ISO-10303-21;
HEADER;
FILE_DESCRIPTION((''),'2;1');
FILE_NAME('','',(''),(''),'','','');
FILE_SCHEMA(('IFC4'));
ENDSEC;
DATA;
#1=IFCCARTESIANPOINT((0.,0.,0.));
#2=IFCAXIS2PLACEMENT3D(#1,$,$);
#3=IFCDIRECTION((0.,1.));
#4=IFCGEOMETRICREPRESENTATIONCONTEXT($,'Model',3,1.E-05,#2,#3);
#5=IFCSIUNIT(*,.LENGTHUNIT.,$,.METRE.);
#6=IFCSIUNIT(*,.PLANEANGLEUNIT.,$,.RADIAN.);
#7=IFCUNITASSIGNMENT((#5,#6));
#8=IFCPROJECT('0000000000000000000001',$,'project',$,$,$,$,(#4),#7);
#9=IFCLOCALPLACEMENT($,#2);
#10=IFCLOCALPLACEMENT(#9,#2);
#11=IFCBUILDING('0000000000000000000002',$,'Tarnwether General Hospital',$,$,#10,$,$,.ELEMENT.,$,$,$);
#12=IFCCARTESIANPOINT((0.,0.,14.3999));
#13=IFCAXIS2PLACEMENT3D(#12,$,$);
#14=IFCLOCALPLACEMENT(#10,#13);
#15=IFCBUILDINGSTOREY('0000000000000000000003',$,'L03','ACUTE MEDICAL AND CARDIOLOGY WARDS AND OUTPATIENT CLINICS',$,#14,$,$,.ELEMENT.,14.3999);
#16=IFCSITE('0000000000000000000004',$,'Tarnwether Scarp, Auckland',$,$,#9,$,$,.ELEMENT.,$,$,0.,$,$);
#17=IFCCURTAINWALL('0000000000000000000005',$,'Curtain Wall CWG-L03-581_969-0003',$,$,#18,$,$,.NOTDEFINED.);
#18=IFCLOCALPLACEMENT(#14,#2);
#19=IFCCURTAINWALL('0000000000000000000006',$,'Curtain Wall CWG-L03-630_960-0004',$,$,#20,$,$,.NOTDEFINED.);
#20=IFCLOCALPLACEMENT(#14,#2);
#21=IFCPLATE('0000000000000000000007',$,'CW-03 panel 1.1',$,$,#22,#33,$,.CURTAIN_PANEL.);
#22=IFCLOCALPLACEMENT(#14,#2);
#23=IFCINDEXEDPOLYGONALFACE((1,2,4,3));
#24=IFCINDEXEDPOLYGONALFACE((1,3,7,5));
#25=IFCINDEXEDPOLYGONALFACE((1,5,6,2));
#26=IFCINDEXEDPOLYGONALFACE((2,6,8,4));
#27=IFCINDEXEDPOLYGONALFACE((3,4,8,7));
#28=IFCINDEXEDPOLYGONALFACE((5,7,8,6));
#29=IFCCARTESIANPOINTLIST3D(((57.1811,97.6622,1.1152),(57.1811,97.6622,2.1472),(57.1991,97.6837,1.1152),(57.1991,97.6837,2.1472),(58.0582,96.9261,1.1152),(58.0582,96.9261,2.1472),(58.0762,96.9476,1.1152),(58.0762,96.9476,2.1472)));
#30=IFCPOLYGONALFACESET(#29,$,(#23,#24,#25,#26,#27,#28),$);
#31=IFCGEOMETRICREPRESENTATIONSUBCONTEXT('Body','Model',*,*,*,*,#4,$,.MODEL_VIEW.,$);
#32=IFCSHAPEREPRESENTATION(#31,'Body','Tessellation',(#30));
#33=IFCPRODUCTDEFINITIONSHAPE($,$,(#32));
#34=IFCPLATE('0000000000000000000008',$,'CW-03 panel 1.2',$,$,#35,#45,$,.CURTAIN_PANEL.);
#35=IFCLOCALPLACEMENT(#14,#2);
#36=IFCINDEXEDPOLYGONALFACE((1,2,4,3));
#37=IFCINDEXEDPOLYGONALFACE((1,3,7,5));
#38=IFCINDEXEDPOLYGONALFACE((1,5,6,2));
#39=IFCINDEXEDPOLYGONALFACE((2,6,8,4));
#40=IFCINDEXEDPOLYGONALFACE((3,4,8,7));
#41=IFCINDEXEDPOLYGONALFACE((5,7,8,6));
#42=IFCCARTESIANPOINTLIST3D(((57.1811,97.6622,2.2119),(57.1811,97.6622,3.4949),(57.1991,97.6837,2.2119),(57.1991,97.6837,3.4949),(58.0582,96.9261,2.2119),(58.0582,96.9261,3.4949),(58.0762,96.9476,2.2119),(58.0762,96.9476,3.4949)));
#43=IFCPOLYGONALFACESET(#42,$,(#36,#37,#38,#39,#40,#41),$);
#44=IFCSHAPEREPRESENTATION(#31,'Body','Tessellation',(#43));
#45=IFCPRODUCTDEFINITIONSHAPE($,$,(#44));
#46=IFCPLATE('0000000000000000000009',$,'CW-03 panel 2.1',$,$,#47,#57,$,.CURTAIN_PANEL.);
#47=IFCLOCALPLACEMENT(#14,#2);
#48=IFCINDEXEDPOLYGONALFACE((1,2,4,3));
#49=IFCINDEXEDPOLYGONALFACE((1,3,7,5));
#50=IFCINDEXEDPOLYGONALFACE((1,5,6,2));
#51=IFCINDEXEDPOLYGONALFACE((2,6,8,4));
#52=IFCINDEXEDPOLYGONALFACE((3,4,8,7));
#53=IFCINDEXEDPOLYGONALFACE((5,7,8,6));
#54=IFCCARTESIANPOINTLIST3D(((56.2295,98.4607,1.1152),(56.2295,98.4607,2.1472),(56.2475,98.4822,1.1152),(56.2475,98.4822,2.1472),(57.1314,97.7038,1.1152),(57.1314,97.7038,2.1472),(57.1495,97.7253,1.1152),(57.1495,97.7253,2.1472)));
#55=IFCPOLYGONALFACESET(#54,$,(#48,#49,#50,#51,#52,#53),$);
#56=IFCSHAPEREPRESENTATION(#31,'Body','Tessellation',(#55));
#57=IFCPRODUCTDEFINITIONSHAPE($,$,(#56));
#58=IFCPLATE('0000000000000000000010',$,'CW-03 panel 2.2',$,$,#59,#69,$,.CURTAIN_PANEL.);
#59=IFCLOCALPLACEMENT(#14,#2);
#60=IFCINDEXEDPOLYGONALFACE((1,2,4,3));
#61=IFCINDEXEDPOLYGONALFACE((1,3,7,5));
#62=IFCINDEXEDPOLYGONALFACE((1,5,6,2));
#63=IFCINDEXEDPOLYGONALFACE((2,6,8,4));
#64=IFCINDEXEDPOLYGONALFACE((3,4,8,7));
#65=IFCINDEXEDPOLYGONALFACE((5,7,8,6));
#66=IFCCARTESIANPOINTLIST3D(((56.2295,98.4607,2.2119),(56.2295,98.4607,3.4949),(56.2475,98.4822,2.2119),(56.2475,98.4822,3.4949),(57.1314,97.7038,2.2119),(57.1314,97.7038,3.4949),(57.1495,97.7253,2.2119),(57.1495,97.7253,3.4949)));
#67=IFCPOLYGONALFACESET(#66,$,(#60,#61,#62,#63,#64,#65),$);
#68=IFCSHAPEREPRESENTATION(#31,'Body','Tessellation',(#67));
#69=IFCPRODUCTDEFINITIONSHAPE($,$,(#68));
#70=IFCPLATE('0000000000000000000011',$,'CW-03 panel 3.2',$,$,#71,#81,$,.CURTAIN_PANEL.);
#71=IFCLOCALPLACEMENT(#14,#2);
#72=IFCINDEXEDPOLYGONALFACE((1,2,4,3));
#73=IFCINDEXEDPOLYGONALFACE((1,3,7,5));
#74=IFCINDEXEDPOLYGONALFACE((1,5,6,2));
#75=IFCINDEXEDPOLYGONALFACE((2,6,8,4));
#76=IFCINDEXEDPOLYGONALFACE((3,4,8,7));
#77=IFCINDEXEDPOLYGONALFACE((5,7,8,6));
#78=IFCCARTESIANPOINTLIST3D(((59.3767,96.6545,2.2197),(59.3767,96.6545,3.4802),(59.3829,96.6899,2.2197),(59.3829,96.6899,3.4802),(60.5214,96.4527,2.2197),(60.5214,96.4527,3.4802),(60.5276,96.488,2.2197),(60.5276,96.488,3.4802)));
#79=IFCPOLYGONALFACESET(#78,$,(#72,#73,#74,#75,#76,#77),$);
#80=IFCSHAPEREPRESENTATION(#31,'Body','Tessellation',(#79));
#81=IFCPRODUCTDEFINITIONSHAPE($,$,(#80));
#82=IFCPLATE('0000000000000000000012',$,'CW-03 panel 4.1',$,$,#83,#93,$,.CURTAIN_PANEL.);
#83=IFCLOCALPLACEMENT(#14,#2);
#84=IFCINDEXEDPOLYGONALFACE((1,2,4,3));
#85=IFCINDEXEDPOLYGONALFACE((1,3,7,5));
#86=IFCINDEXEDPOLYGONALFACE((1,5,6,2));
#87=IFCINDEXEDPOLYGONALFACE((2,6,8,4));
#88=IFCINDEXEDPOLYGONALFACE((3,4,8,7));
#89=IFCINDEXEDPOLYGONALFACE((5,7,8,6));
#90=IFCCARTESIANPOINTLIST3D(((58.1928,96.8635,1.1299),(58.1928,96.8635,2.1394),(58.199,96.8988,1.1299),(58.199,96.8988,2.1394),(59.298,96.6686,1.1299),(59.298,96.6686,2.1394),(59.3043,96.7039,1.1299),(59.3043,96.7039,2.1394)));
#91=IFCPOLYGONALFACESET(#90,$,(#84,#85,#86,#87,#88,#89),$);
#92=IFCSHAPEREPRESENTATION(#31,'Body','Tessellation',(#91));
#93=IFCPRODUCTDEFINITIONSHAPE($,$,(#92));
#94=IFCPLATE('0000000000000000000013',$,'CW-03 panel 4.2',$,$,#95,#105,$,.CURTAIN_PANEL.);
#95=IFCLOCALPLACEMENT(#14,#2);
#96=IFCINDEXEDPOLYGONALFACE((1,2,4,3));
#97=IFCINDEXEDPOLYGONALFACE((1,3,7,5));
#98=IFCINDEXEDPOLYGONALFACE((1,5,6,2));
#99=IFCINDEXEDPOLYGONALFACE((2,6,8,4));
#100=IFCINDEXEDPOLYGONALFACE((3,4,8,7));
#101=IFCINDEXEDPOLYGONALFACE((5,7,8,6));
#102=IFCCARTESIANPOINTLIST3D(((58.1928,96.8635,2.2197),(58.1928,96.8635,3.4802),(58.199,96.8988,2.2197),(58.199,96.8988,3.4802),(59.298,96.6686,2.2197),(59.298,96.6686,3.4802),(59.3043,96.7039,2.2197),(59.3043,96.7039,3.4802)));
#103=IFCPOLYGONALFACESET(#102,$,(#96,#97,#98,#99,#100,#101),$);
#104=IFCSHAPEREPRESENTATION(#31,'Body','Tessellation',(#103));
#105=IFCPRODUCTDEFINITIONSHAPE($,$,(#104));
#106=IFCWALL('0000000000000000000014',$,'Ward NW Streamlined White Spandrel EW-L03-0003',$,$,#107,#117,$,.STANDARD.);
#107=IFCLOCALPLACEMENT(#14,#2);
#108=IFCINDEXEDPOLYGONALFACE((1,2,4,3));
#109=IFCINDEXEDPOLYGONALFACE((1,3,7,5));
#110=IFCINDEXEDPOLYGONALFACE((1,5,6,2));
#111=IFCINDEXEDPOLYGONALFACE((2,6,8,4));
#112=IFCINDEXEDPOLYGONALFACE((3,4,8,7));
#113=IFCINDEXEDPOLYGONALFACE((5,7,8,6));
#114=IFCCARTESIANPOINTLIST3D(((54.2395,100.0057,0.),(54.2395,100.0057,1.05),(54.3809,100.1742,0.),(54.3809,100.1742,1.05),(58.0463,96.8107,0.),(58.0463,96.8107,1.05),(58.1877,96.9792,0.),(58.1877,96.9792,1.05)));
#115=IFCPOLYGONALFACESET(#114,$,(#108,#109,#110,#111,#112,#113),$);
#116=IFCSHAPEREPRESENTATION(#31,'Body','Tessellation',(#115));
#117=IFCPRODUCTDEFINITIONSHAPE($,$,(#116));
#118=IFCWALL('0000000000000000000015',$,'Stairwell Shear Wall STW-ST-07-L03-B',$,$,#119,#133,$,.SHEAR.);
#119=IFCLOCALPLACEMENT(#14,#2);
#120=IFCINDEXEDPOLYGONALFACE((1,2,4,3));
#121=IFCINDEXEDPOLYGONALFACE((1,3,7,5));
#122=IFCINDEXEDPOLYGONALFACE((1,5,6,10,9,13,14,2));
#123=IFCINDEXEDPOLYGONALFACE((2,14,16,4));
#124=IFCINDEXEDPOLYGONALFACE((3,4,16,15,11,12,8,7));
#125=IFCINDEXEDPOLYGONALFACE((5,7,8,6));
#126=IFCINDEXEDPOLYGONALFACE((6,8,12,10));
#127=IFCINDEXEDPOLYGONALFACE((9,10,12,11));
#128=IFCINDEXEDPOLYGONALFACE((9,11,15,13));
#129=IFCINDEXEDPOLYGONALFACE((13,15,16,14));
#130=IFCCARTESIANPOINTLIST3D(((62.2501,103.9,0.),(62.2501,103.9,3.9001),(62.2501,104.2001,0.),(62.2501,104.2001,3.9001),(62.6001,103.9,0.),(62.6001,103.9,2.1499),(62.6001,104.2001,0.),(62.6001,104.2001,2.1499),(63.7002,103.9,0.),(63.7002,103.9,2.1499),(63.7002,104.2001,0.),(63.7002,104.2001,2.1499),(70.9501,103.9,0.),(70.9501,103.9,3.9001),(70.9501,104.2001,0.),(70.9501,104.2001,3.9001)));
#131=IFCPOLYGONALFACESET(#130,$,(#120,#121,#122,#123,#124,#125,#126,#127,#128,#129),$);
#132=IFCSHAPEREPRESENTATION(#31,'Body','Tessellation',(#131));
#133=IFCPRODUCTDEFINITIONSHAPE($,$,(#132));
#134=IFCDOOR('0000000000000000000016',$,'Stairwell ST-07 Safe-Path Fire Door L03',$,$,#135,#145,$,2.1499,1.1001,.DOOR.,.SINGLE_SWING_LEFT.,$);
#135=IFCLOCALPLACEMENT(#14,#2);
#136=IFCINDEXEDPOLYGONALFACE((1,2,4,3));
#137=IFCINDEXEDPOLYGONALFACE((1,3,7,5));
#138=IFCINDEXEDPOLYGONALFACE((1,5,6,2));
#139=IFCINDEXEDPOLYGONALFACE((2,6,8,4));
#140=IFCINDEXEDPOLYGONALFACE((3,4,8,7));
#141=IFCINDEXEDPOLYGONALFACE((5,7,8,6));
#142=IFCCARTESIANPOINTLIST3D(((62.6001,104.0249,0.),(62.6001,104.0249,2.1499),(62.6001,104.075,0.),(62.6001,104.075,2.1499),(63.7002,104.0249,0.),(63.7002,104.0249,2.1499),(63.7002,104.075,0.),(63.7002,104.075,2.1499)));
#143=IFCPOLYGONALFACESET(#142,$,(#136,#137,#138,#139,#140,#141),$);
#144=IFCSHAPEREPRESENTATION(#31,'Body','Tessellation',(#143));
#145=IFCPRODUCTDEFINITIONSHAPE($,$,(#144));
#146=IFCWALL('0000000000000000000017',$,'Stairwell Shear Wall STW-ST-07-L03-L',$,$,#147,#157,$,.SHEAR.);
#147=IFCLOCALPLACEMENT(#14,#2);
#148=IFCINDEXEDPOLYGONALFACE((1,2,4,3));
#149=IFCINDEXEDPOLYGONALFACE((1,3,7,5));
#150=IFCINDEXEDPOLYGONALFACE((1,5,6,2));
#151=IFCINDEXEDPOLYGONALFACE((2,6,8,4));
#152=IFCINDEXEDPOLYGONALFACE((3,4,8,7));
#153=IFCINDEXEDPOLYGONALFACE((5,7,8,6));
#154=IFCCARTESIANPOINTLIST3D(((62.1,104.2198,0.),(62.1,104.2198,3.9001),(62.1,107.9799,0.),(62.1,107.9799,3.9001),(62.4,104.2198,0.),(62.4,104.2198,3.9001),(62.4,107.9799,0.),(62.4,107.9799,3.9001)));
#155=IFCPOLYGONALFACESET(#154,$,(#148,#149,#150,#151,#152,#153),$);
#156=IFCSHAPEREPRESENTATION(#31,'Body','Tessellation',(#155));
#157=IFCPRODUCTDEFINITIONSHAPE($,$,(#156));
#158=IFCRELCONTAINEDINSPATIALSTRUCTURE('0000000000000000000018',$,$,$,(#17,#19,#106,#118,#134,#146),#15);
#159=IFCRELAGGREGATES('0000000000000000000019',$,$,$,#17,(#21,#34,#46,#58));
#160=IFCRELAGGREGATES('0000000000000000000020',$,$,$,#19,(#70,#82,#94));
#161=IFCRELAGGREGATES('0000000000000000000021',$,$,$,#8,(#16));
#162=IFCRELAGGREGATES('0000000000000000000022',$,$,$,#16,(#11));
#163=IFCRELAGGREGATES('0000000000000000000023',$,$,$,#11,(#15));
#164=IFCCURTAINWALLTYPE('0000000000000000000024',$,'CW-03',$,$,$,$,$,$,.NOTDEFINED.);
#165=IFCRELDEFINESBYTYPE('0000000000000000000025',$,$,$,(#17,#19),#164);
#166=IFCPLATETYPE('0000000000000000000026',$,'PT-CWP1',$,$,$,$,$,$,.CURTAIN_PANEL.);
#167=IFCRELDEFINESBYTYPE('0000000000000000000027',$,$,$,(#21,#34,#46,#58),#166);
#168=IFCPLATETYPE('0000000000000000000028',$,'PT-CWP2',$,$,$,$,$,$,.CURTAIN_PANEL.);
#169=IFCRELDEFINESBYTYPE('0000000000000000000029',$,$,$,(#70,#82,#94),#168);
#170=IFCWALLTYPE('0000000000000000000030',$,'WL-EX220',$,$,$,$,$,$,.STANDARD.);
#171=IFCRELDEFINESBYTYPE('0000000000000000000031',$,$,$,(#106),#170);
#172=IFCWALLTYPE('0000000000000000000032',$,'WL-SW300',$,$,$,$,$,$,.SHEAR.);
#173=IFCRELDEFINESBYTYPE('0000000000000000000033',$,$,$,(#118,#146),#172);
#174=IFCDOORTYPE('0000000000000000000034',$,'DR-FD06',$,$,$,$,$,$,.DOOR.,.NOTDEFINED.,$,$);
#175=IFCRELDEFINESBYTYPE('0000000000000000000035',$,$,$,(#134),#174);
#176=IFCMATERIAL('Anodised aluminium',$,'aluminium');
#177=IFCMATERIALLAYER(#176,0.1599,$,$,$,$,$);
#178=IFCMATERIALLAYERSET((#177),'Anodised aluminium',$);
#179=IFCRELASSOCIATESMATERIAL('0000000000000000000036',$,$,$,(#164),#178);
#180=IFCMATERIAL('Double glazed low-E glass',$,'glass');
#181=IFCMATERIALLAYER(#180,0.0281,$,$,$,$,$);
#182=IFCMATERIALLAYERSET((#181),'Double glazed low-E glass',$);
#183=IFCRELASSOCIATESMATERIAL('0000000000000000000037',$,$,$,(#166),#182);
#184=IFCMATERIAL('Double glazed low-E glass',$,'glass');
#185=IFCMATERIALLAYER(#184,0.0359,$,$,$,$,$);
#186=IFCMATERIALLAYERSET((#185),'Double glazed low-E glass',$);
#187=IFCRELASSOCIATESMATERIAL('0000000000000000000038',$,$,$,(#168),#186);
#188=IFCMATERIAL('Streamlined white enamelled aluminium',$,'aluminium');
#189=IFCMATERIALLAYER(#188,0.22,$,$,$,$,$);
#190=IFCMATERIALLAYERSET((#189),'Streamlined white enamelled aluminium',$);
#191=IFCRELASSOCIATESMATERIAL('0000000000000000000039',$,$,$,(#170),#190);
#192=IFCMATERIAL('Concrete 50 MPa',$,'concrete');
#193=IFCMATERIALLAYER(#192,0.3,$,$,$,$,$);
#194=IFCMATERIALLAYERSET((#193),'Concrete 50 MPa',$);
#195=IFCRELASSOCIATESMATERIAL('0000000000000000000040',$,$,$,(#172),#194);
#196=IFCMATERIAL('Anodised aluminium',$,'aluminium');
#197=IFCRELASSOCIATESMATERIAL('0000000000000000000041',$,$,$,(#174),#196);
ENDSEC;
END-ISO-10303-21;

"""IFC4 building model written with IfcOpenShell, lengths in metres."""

from ifc_helpers import new_model, si_unit, direction, frame, frame_2d, origin, origin_2d, place, context, subcontext, project, spatial, rectangle, extrude, material, layer, layer_set, type_object, element, fill, aggregate, save


model = new_model("IFC4")

# Units and contexts
model_context = context("Model", 3, precision=1e-05, world=origin(), true_north=direction((0.0, 1.0)))
body_context = subcontext(model_context, "Body", "Model", "MODEL_VIEW")
ifc_project = project(units=[si_unit("LENGTHUNIT", "METRE"), si_unit("PLANEANGLEUNIT", "RADIAN")], contexts=[model_context])

# Site, building, storey
site_placement = place(None, origin())
site = spatial("IfcSite", under=ifc_project, at=site_placement, Name="Tarnwether Scarp, Auckland", CompositionType="ELEMENT", RefElevation=0.0)
building_placement = place(site_placement, origin())
building = spatial("IfcBuilding", under=site, at=building_placement, Name="Tarnwether General Hospital", CompositionType="ELEMENT")
storey_placement = place(building_placement, frame((0.0, 0.0, 14.3999)))
storey = spatial("IfcBuildingStorey", under=building, at=storey_placement, Name="L03", Description="ACUTE MEDICAL AND CARDIOLOGY WARDS AND OUTPATIENT CLINICS", CompositionType="ELEMENT", Elevation=14.3999)

# Curtain walls
ifc_material_1 = material(Name="Anodised aluminium", Category="aluminium")
ifc_layer_1 = layer(ifc_material_1, 0.1599)
ifc_layer_set_1 = layer_set([ifc_layer_1], Name="Anodised aluminium")
curtain_wall_type = type_object("IfcCurtainWallType", Name="CW-03", PredefinedType="NOTDEFINED", material=ifc_layer_set_1)
curtain_wall_1_placement = place(storey_placement, origin())
curtain_wall_1 = element("IfcCurtainWall", 1, at=curtain_wall_1_placement, inside=storey, type_object=curtain_wall_type, Name="Curtain Wall CWG-L03-581_969-0003", PredefinedType="NOTDEFINED")
curtain_wall_2_placement = place(storey_placement, origin())
curtain_wall_2 = element("IfcCurtainWall", 2, at=curtain_wall_2_placement, inside=storey, type_object=curtain_wall_type, Name="Curtain Wall CWG-L03-630_960-0004", PredefinedType="NOTDEFINED")

# Plates
ifc_material_2 = material(Name="Double glazed low-E glass", Category="glass")
ifc_layer_2 = layer(ifc_material_2, 0.0281)
ifc_layer_set_2 = layer_set([ifc_layer_2], Name="Double glazed low-E glass")
plate_type_1 = type_object("IfcPlateType", Name="PT-CWP1", PredefinedType="CURTAIN_PANEL", material=ifc_layer_set_2)
plate_1_placement = place(storey_placement, frame((57.6287, 97.3049, 1.1152), z_axis=(0.0, 0.0, 1.0), x_axis=(-0.76599, 0.642852, 0.0)))
plate_1 = element("IfcPlate", 3, at=plate_1_placement, type_object=plate_type_1, Name="CW-03 panel 1.1", PredefinedType="CURTAIN_PANEL", context=body_context, shape_type="SweptSolid", body=[
    extrude(rectangle(XDim=1.145, YDim=0.0281, at=origin_2d()), origin(), (0.0, 0.0, 1.0), 1.032),
])
plate_2_placement = place(storey_placement, frame((57.6287, 97.3049, 2.2119), z_axis=(0.0, 0.0, 1.0), x_axis=(-0.76599, 0.642852, 0.0)))
plate_2 = element("IfcPlate", 4, at=plate_2_placement, type_object=plate_type_1, Name="CW-03 panel 1.2", PredefinedType="CURTAIN_PANEL", context=body_context, shape_type="SweptSolid", body=[
    extrude(rectangle(XDim=1.145, YDim=0.0281, at=origin_2d()), origin(), (0.0, 0.0, 1.0), 1.283),
])
plate_3_placement = place(storey_placement, frame((56.6895, 98.093, 1.1152), z_axis=(0.0, 0.0, 1.0), x_axis=(-0.76599, 0.642852, 0.0)))
plate_3 = element("IfcPlate", 5, at=plate_3_placement, type_object=plate_type_1, Name="CW-03 panel 2.1", PredefinedType="CURTAIN_PANEL", context=body_context, shape_type="SweptSolid", body=[
    extrude(rectangle(XDim=1.1775, YDim=0.0281, at=origin_2d()), origin(), (0.0, 0.0, 1.0), 1.032),
])
plate_4_placement = place(storey_placement, frame((56.6895, 98.093, 2.2119), z_axis=(0.0, 0.0, 1.0), x_axis=(-0.76599, 0.642852, 0.0)))
plate_4 = element("IfcPlate", 6, at=plate_4_placement, type_object=plate_type_1, Name="CW-03 panel 2.2", PredefinedType="CURTAIN_PANEL", context=body_context, shape_type="SweptSolid", body=[
    extrude(rectangle(XDim=1.1775, YDim=0.0281, at=origin_2d()), origin(), (0.0, 0.0, 1.0), 1.283),
])
aggregate(curtain_wall_1, [plate_1, plate_2, plate_3, plate_4])
ifc_material_3 = material(Name="Double glazed low-E glass", Category="glass")
ifc_layer_3 = layer(ifc_material_3, 0.0359)
ifc_layer_set_3 = layer_set([ifc_layer_3], Name="Double glazed low-E glass")
plate_type_2 = type_object("IfcPlateType", Name="PT-CWP2", PredefinedType="CURTAIN_PANEL", material=ifc_layer_set_3)
plate_5_placement = place(storey_placement, frame((59.9521, 96.5713, 2.2197), z_axis=(0.0, 0.0, 1.0), x_axis=(-0.984806, 0.173659, 0.0)))
plate_5 = element("IfcPlate", 7, at=plate_5_placement, type_object=plate_type_2, Name="CW-03 panel 3.2", PredefinedType="CURTAIN_PANEL", context=body_context, shape_type="SweptSolid", body=[
    extrude(rectangle(XDim=1.1624, YDim=0.0359, at=origin_2d()), origin(), (0.0, 0.0, 1.0), 1.2605),
])
plate_6_placement = place(storey_placement, frame((58.7485, 96.7837, 1.1299), z_axis=(0.0, 0.0, 1.0), x_axis=(-0.984806, 0.173659, 0.0)))
plate_6 = element("IfcPlate", 8, at=plate_6_placement, type_object=plate_type_2, Name="CW-03 panel 4.1", PredefinedType="CURTAIN_PANEL", context=body_context, shape_type="SweptSolid", body=[
    extrude(rectangle(XDim=1.1223, YDim=0.0359, at=origin_2d()), origin(), (0.0, 0.0, 1.0), 1.0095),
])
plate_7_placement = place(storey_placement, frame((58.7485, 96.7837, 2.2197), z_axis=(0.0, 0.0, 1.0), x_axis=(-0.984806, 0.173659, 0.0)))
plate_7 = element("IfcPlate", 9, at=plate_7_placement, type_object=plate_type_2, Name="CW-03 panel 4.2", PredefinedType="CURTAIN_PANEL", context=body_context, shape_type="SweptSolid", body=[
    extrude(rectangle(XDim=1.1223, YDim=0.0359, at=origin_2d()), origin(), (0.0, 0.0, 1.0), 1.2605),
])
aggregate(curtain_wall_2, [plate_5, plate_6, plate_7])

# Wall
ifc_material_4 = material(Name="Streamlined white enamelled aluminium", Category="aluminium")
ifc_layer_4 = layer(ifc_material_4, 0.22)
ifc_layer_set_4 = layer_set([ifc_layer_4], Name="Streamlined white enamelled aluminium")
wall_type_1 = type_object("IfcWallType", Name="WL-EX220", PredefinedType="STANDARD", material=ifc_layer_set_4)
wall_1_placement = place(storey_placement, frame((58.1169, 96.895, 0.0), z_axis=(0.0, 0.0, 1.0), x_axis=(-0.765974, 0.642872, 0.0)))
element("IfcWall", 10, at=wall_1_placement, inside=storey, type_object=wall_type_1, Name="Ward NW Streamlined White Spandrel EW-L03-0003", PredefinedType="STANDARD", context=body_context, shape_type="SweptSolid", body=[
    extrude(rectangle(XDim=4.97, YDim=0.22, at=frame_2d((2.4849, 0.0))), origin(), (0.0, 0.0, 1.0), 1.05),
])

# Wall, opening, door
ifc_material_5 = material(Name="Concrete 50 MPa", Category="concrete")
ifc_layer_5 = layer(ifc_material_5, 0.3)
ifc_layer_set_5 = layer_set([ifc_layer_5], Name="Concrete 50 MPa")
wall_type_2 = type_object("IfcWallType", Name="WL-SW300", PredefinedType="SHEAR", material=ifc_layer_set_5)
wall_2_placement = place(storey_placement, frame((62.25, 104.05, 0.0), z_axis=(0.0, 0.0, 1.0), x_axis=(1.0, 0.0, 0.0)))
wall_2 = element("IfcWall", 11, at=wall_2_placement, inside=storey, type_object=wall_type_2, Name="Stairwell Shear Wall STW-ST-07-L03-B", PredefinedType="SHEAR", context=body_context, shape_type="SweptSolid", body=[
    extrude(rectangle(XDim=8.7, YDim=0.3, at=frame_2d((4.3501, 0.0))), origin(), (0.0, 0.0, 1.0), 3.9001),
])
opening_placement = place(wall_2_placement, frame((0.3501, 0.0, 0.0)))
opening = element("IfcOpeningElement", 12, at=opening_placement, cuts=wall_2, PredefinedType="OPENING", context=body_context, shape_type="SweptSolid", body=[
    extrude(rectangle(XDim=1.1001, YDim=2.1499, at=frame_2d((0.55, 1.075))), frame((0.0, 0.1602, 0.0), z_axis=(0.0, -1.0, 0.0), x_axis=(1.0, 0.0, 0.0)), (0.0, 0.0, 1.0), 0.3201),
])
ifc_material_6 = material(Name="Anodised aluminium", Category="aluminium")
door_type = type_object("IfcDoorType", Name="DR-FD06", OperationType="NOTDEFINED", PredefinedType="DOOR", material=ifc_material_6)
door_placement = place(opening_placement, origin())
door = element("IfcDoor", 13, at=door_placement, inside=storey, type_object=door_type, Name="Stairwell ST-07 Safe-Path Fire Door L03", OperationType="SINGLE_SWING_LEFT", OverallHeight=2.1499, OverallWidth=1.1001, PredefinedType="DOOR", context=body_context, shape_type="SweptSolid", body=[
    extrude(rectangle(XDim=1.1001, YDim=2.1499, at=frame_2d((0.55, 1.075))), frame((0.0, 0.0249, 0.0), z_axis=(0.0, -1.0, 0.0), x_axis=(1.0, 0.0, 0.0)), (0.0, 0.0, 1.0), 0.05),
])
fill(opening, door)

# Wall
wall_3_placement = place(storey_placement, frame((62.25, 104.22, 0.0), z_axis=(0.0, 0.0, 1.0), x_axis=(0.0, 1.0, 0.0)))
element("IfcWall", 14, at=wall_3_placement, inside=storey, type_object=wall_type_2, Name="Stairwell Shear Wall STW-ST-07-L03-L", PredefinedType="SHEAR", context=body_context, shape_type="SweptSolid", body=[
    extrude(rectangle(XDim=3.76, YDim=0.3, at=frame_2d((1.8799, 0.0))), origin(), (0.0, 0.0, 1.0), 3.9001),
])

save(model, "model.ifc")
